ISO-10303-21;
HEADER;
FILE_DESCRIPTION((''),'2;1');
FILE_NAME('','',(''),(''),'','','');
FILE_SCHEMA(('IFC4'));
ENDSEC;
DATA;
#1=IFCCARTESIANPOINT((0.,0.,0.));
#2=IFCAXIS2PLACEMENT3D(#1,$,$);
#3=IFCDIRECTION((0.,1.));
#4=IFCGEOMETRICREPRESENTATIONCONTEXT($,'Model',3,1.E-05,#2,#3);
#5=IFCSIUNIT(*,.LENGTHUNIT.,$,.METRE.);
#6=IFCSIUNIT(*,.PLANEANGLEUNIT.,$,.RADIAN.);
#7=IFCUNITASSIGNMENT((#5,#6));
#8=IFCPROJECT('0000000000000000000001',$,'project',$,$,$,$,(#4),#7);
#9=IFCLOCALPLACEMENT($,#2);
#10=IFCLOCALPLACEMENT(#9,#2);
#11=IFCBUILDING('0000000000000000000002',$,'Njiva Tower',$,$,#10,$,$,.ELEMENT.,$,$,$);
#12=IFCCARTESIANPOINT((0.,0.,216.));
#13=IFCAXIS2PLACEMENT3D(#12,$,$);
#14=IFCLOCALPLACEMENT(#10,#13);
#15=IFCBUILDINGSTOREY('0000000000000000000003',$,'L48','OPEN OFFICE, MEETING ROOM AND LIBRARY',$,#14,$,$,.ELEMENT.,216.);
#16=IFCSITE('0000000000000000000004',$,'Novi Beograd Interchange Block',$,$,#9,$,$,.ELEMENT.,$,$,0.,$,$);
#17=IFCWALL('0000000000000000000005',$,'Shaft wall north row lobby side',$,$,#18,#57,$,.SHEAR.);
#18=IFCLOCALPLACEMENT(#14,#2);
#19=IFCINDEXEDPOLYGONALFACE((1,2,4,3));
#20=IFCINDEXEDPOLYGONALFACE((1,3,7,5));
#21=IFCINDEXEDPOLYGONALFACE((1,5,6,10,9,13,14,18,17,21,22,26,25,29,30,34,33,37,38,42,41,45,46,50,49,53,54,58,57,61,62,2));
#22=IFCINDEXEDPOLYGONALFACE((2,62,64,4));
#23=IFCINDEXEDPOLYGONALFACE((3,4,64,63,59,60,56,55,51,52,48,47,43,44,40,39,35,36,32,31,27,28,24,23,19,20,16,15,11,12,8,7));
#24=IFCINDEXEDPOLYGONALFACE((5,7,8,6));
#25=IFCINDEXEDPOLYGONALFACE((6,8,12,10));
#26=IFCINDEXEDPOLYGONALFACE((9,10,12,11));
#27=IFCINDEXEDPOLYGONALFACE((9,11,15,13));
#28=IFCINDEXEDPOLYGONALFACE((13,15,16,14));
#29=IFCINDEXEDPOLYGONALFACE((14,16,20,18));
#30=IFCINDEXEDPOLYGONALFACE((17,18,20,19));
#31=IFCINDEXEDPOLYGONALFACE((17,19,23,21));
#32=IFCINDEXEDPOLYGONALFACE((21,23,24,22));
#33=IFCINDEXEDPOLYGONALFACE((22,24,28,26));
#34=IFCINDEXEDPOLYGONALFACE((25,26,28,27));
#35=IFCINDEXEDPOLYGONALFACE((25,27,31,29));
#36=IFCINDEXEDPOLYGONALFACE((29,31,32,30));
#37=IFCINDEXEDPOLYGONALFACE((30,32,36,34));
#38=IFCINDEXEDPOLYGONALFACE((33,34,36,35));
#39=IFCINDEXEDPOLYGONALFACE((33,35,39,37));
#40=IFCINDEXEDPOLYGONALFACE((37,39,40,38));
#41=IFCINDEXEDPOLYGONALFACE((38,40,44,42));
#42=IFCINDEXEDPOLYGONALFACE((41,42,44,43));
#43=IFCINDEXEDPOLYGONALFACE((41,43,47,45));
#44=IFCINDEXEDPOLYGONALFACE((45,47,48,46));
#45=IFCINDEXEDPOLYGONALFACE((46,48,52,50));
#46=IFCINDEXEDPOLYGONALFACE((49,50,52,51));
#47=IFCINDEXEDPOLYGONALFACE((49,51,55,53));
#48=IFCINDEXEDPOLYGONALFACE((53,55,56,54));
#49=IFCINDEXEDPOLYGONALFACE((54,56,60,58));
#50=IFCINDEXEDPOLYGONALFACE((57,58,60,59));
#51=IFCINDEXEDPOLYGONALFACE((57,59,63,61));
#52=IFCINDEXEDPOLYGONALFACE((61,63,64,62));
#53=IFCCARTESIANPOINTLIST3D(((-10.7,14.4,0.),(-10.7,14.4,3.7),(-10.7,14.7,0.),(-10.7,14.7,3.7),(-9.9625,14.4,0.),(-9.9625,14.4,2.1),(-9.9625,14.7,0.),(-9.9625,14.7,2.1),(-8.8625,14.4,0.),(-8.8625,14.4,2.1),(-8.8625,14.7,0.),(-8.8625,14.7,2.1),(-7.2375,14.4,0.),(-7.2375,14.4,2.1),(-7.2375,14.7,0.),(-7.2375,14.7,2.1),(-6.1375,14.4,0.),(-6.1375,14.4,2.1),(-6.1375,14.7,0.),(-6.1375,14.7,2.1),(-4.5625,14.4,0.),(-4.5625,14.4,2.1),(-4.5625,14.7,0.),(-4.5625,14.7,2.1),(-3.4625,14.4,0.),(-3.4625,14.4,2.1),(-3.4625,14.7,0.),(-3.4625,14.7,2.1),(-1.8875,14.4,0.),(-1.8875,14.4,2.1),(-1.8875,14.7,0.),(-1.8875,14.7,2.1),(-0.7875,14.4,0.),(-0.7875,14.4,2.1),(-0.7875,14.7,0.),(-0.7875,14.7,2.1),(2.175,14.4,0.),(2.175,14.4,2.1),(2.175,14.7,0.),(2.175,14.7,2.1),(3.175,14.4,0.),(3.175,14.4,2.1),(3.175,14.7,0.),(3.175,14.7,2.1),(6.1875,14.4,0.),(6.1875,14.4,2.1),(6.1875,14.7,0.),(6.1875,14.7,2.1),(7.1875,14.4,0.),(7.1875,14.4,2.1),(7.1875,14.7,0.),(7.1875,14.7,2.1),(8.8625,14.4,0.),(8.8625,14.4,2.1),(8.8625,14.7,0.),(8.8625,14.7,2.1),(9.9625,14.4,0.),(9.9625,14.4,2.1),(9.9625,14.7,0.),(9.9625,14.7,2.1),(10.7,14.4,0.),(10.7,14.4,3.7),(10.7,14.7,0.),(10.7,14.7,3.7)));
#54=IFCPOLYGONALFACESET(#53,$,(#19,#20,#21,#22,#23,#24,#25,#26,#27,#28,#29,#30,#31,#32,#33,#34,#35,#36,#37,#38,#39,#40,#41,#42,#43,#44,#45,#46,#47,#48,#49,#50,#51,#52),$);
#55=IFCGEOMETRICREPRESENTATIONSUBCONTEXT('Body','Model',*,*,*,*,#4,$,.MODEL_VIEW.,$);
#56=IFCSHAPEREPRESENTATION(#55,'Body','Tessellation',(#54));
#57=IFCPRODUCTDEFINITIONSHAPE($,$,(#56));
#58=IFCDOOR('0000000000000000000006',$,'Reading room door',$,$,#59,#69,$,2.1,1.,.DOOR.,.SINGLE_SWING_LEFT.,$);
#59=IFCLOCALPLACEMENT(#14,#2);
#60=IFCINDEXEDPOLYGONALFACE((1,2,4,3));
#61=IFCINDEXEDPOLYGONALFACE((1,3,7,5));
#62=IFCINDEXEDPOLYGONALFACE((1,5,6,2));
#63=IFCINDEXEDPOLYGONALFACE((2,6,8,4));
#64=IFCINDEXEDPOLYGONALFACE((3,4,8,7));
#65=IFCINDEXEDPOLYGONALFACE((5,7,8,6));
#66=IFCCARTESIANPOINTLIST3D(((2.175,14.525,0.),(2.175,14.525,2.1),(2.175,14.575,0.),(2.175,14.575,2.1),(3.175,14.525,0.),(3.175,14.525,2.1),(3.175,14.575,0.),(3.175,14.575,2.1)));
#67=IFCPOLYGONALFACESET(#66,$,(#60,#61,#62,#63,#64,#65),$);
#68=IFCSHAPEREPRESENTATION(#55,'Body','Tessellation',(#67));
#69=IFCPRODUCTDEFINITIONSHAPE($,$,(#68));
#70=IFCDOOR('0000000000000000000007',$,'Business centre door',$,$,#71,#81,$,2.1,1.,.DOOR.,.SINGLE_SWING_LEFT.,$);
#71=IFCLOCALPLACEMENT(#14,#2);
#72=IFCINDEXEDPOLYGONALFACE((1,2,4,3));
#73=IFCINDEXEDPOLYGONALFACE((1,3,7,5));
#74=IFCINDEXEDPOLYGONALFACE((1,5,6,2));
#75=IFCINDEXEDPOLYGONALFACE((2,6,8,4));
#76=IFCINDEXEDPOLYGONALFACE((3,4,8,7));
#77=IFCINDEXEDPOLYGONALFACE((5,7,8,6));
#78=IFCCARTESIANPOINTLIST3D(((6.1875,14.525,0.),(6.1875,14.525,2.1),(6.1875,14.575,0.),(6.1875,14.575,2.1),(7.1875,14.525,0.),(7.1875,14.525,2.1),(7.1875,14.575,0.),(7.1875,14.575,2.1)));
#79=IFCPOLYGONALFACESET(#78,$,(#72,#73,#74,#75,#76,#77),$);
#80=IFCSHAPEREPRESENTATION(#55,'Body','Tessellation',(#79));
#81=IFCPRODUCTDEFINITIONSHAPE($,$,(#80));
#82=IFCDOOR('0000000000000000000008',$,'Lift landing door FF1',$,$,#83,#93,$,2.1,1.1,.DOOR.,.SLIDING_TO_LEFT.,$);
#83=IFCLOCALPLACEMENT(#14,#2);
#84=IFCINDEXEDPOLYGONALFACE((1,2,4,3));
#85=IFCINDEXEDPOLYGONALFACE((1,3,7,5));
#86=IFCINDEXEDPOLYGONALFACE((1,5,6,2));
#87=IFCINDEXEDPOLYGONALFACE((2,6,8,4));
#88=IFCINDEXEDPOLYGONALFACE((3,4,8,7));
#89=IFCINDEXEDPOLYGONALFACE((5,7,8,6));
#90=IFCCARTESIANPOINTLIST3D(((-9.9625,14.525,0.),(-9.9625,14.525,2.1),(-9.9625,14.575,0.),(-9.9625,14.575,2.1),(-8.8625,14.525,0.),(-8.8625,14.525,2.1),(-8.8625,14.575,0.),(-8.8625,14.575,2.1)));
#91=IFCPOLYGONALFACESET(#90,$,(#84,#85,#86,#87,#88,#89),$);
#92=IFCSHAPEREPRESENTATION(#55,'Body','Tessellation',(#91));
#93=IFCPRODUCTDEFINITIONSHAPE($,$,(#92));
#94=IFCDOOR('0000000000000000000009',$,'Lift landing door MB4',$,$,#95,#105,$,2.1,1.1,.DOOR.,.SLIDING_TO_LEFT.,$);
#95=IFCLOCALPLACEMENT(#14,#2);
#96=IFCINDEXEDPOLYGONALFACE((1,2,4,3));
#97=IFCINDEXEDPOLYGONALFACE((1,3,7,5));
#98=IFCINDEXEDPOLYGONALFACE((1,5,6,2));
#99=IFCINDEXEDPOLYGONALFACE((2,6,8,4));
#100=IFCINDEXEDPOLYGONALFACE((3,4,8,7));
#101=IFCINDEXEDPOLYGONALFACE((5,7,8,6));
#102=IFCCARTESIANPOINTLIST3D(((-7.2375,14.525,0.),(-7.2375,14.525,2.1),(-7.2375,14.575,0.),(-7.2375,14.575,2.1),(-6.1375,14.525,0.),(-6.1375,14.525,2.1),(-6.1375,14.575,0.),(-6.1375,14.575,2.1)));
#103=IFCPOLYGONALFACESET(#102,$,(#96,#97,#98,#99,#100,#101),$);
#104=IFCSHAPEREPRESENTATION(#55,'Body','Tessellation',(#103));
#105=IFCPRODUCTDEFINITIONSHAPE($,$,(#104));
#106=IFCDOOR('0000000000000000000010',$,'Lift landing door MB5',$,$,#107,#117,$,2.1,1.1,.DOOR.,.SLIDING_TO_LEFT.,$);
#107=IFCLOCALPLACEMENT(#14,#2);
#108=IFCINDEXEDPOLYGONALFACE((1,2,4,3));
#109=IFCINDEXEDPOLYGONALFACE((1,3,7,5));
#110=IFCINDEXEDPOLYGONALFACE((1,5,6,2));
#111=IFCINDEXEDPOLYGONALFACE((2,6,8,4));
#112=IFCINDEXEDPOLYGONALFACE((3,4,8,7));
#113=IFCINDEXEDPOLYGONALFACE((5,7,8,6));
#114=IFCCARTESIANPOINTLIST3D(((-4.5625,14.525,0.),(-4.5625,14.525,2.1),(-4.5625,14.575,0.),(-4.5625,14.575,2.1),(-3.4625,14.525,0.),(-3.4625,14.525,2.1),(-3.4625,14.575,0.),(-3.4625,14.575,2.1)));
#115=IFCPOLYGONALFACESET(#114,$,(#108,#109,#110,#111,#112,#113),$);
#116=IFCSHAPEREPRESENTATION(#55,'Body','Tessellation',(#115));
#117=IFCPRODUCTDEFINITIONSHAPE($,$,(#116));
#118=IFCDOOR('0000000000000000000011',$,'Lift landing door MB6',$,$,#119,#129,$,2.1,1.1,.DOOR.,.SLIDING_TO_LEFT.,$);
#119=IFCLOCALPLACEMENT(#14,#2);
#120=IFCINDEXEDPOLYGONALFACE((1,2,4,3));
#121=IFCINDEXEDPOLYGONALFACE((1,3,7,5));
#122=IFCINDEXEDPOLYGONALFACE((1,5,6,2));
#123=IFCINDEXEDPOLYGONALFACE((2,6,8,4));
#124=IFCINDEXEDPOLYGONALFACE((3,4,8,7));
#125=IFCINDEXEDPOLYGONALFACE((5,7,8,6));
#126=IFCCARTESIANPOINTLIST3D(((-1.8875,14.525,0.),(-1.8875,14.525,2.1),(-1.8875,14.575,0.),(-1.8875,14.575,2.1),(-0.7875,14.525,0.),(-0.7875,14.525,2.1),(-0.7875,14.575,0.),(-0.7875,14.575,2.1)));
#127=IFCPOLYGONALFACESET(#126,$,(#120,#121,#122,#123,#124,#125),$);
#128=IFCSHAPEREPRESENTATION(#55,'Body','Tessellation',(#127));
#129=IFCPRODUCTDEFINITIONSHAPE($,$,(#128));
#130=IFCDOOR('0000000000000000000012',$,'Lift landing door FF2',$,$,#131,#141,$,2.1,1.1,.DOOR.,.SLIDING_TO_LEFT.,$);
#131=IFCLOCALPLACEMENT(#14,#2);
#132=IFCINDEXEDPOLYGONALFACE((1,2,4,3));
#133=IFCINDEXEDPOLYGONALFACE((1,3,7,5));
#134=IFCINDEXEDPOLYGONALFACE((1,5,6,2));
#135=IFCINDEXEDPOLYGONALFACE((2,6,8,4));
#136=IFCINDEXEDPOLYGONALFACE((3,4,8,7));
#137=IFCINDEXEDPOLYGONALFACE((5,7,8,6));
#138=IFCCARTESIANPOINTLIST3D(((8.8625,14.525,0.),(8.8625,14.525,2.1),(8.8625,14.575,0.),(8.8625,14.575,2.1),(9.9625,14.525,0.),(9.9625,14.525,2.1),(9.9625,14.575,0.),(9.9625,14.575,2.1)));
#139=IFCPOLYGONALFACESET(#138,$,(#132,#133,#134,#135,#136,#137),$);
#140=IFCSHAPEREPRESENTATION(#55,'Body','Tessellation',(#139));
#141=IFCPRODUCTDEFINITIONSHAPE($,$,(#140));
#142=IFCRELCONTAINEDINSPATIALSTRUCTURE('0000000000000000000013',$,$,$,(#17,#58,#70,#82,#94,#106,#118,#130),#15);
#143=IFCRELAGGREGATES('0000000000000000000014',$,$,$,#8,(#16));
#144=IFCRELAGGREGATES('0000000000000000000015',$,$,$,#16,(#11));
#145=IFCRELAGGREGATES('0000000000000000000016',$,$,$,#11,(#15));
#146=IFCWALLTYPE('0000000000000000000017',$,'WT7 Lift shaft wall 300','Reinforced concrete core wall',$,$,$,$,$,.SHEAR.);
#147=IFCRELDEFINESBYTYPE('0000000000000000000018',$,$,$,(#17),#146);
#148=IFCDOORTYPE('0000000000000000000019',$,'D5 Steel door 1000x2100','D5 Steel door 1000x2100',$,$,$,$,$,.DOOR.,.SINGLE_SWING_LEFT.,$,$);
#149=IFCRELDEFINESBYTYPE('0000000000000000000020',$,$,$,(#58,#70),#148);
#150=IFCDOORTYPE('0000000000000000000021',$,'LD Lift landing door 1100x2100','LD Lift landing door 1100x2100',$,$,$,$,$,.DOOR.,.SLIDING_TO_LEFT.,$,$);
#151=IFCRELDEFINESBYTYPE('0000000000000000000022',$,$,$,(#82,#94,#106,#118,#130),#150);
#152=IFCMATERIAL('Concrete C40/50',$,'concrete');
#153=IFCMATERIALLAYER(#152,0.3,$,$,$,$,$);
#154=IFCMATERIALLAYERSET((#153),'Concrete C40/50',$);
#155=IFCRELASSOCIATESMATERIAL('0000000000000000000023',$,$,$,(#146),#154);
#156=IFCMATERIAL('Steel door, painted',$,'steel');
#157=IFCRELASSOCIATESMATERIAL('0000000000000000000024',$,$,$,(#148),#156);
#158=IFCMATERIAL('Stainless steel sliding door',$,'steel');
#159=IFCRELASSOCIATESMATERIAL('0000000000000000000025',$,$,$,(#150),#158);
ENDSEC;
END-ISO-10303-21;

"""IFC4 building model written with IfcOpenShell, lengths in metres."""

from ifc_helpers import new_model, si_unit, direction, frame, frame_2d, origin, place, context, subcontext, project, spatial, rectangle, extrude, material, layer, layer_set, type_object, element, fill, save


model = new_model("IFC4")

# Units and contexts
model_context = context("Model", 3, precision=1e-05, world=origin(), true_north=direction((0.0, 1.0)))
body_context = subcontext(model_context, "Body", "Model", "MODEL_VIEW")
ifc_project = project(units=[si_unit("LENGTHUNIT", "METRE"), si_unit("PLANEANGLEUNIT", "RADIAN")], contexts=[model_context])

# Site, building, storey
site_placement = place(None, origin())
site = spatial("IfcSite", under=ifc_project, at=site_placement, Name="Novi Beograd Interchange Block", CompositionType="ELEMENT", RefElevation=0.0)
building_placement = place(site_placement, origin())
building = spatial("IfcBuilding", under=site, at=building_placement, Name="Njiva Tower", CompositionType="ELEMENT")
storey_placement = place(building_placement, frame((0.0, 0.0, 216.0)))
storey = spatial("IfcBuildingStorey", under=building, at=storey_placement, Name="L48", Description="OPEN OFFICE, MEETING ROOM AND LIBRARY", CompositionType="ELEMENT", Elevation=216.0)

# Shared definitions
ifc_material_1 = material(Name="Concrete C40/50", Category="concrete")

# Wall, openings, doors
ifc_layer_1 = layer(ifc_material_1, 0.3)
ifc_layer_set_1 = layer_set([ifc_layer_1], Name="Concrete C40/50")
wall_type_1 = type_object("IfcWallType", Name="WT7 Lift shaft wall 300", Description="Reinforced concrete core wall", PredefinedType="SHEAR", material=ifc_layer_set_1)
wall_1_placement = place(storey_placement, frame((-10.7, 14.55, 0.0), z_axis=(0.0, 0.0, 1.0), x_axis=(1.0, 0.0, 0.0)))
wall_1 = element("IfcWall", 1, at=wall_1_placement, inside=storey, type_object=wall_type_1, Name="Shaft wall north row lobby side", PredefinedType="SHEAR", context=body_context, shape_type="SweptSolid", body=[
    extrude(rectangle(XDim=21.4, YDim=0.3, at=frame_2d((10.7, 0.0))), origin(), (0.0, 0.0, 1.0), 3.7),
])
opening_1_placement = place(wall_1_placement, frame((0.7375, 0.0, 0.0)))
opening_1 = element("IfcOpeningElement", 2, at=opening_1_placement, cuts=wall_1, PredefinedType="OPENING", context=body_context, shape_type="SweptSolid", body=[
    extrude(rectangle(XDim=1.1, YDim=2.1, at=frame_2d((0.55, 1.05))), frame((0.0, 0.16, 0.0), z_axis=(0.0, -1.0, 0.0), x_axis=(1.0, 0.0, 0.0)), (0.0, 0.0, 1.0), 0.32),
])
opening_2_placement = place(wall_1_placement, frame((3.4625, 0.0, 0.0)))
opening_2 = element("IfcOpeningElement", 3, at=opening_2_placement, cuts=wall_1, PredefinedType="OPENING", context=body_context, shape_type="SweptSolid", body=[
    extrude(rectangle(XDim=1.1, YDim=2.1, at=frame_2d((0.55, 1.05))), frame((0.0, 0.16, 0.0), z_axis=(0.0, -1.0, 0.0), x_axis=(1.0, 0.0, 0.0)), (0.0, 0.0, 1.0), 0.32),
])
opening_3_placement = place(wall_1_placement, frame((6.1375, 0.0, 0.0)))
opening_3 = element("IfcOpeningElement", 4, at=opening_3_placement, cuts=wall_1, PredefinedType="OPENING", context=body_context, shape_type="SweptSolid", body=[
    extrude(rectangle(XDim=1.1, YDim=2.1, at=frame_2d((0.55, 1.05))), frame((0.0, 0.16, 0.0), z_axis=(0.0, -1.0, 0.0), x_axis=(1.0, 0.0, 0.0)), (0.0, 0.0, 1.0), 0.32),
])
opening_4_placement = place(wall_1_placement, frame((8.8125, 0.0, 0.0)))
opening_4 = element("IfcOpeningElement", 5, at=opening_4_placement, cuts=wall_1, PredefinedType="OPENING", context=body_context, shape_type="SweptSolid", body=[
    extrude(rectangle(XDim=1.1, YDim=2.1, at=frame_2d((0.55, 1.05))), frame((0.0, 0.16, 0.0), z_axis=(0.0, -1.0, 0.0), x_axis=(1.0, 0.0, 0.0)), (0.0, 0.0, 1.0), 0.32),
])
opening_5_placement = place(wall_1_placement, frame((19.5625, 0.0, 0.0)))
opening_5 = element("IfcOpeningElement", 6, at=opening_5_placement, cuts=wall_1, PredefinedType="OPENING", context=body_context, shape_type="SweptSolid", body=[
    extrude(rectangle(XDim=1.1, YDim=2.1, at=frame_2d((0.55, 1.05))), frame((0.0, 0.16, 0.0), z_axis=(0.0, -1.0, 0.0), x_axis=(1.0, 0.0, 0.0)), (0.0, 0.0, 1.0), 0.32),
])
opening_6_placement = place(wall_1_placement, frame((12.875, 0.0, 0.0)))
opening_6 = element("IfcOpeningElement", 7, at=opening_6_placement, cuts=wall_1, PredefinedType="OPENING", context=body_context, shape_type="SweptSolid", body=[
    extrude(rectangle(XDim=1.0, YDim=2.1, at=frame_2d((0.5, 1.05))), frame((0.0, 0.16, 0.0), z_axis=(0.0, -1.0, 0.0), x_axis=(1.0, 0.0, 0.0)), (0.0, 0.0, 1.0), 0.32),
])
opening_7_placement = place(wall_1_placement, frame((16.8875, 0.0, 0.0)))
opening_7 = element("IfcOpeningElement", 8, at=opening_7_placement, cuts=wall_1, PredefinedType="OPENING", context=body_context, shape_type="SweptSolid", body=[
    extrude(rectangle(XDim=1.0, YDim=2.1, at=frame_2d((0.5, 1.05))), frame((0.0, 0.16, 0.0), z_axis=(0.0, -1.0, 0.0), x_axis=(1.0, 0.0, 0.0)), (0.0, 0.0, 1.0), 0.32),
])
ifc_material_2 = material(Name="Steel door, painted", Category="steel")
door_type_1 = type_object("IfcDoorType", Name="D5 Steel door 1000x2100", Description="D5 Steel door 1000x2100", OperationType="SINGLE_SWING_LEFT", PredefinedType="DOOR", material=ifc_material_2)
door_1_placement = place(opening_6_placement, origin())
door_1 = element("IfcDoor", 9, at=door_1_placement, inside=storey, type_object=door_type_1, Name="Reading room door", OperationType="SINGLE_SWING_LEFT", OverallHeight=2.1, OverallWidth=1.0, PredefinedType="DOOR", context=body_context, shape_type="SweptSolid", body=[
    extrude(rectangle(XDim=1.0, YDim=2.1, at=frame_2d((0.5, 1.05))), frame((0.0, 0.025, 0.0), z_axis=(0.0, -1.0, 0.0), x_axis=(1.0, 0.0, 0.0)), (0.0, 0.0, 1.0), 0.05),
])
fill(opening_6, door_1)
door_2_placement = place(opening_7_placement, origin())
door_2 = element("IfcDoor", 10, at=door_2_placement, inside=storey, type_object=door_type_1, Name="Business centre door", OperationType="SINGLE_SWING_LEFT", OverallHeight=2.1, OverallWidth=1.0, PredefinedType="DOOR", context=body_context, shape_type="SweptSolid", body=[
    extrude(rectangle(XDim=1.0, YDim=2.1, at=frame_2d((0.5, 1.05))), frame((0.0, 0.025, 0.0), z_axis=(0.0, -1.0, 0.0), x_axis=(1.0, 0.0, 0.0)), (0.0, 0.0, 1.0), 0.05),
])
fill(opening_7, door_2)
ifc_material_3 = material(Name="Stainless steel sliding door", Category="steel")
door_type_2 = type_object("IfcDoorType", Name="LD Lift landing door 1100x2100", Description="LD Lift landing door 1100x2100", OperationType="SLIDING_TO_LEFT", PredefinedType="DOOR", material=ifc_material_3)
door_3_placement = place(opening_1_placement, origin())
door_3 = element("IfcDoor", 11, at=door_3_placement, inside=storey, type_object=door_type_2, Name="Lift landing door FF1", OperationType="SLIDING_TO_LEFT", OverallHeight=2.1, OverallWidth=1.1, PredefinedType="DOOR", context=body_context, shape_type="SweptSolid", body=[
    extrude(rectangle(XDim=1.1, YDim=2.1, at=frame_2d((0.55, 1.05))), frame((0.0, 0.025, 0.0), z_axis=(0.0, -1.0, 0.0), x_axis=(1.0, 0.0, 0.0)), (0.0, 0.0, 1.0), 0.05),
])
fill(opening_1, door_3)
door_4_placement = place(opening_2_placement, origin())
door_4 = element("IfcDoor", 12, at=door_4_placement, inside=storey, type_object=door_type_2, Name="Lift landing door MB4", OperationType="SLIDING_TO_LEFT", OverallHeight=2.1, OverallWidth=1.1, PredefinedType="DOOR", context=body_context, shape_type="SweptSolid", body=[
    extrude(rectangle(XDim=1.1, YDim=2.1, at=frame_2d((0.55, 1.05))), frame((0.0, 0.025, 0.0), z_axis=(0.0, -1.0, 0.0), x_axis=(1.0, 0.0, 0.0)), (0.0, 0.0, 1.0), 0.05),
])
fill(opening_2, door_4)
door_5_placement = place(opening_3_placement, origin())
door_5 = element("IfcDoor", 13, at=door_5_placement, inside=storey, type_object=door_type_2, Name="Lift landing door MB5", OperationType="SLIDING_TO_LEFT", OverallHeight=2.1, OverallWidth=1.1, PredefinedType="DOOR", context=body_context, shape_type="SweptSolid", body=[
    extrude(rectangle(XDim=1.1, YDim=2.1, at=frame_2d((0.55, 1.05))), frame((0.0, 0.025, 0.0), z_axis=(0.0, -1.0, 0.0), x_axis=(1.0, 0.0, 0.0)), (0.0, 0.0, 1.0), 0.05),
])
fill(opening_3, door_5)
door_6_placement = place(opening_4_placement, origin())
door_6 = element("IfcDoor", 14, at=door_6_placement, inside=storey, type_object=door_type_2, Name="Lift landing door MB6", OperationType="SLIDING_TO_LEFT", OverallHeight=2.1, OverallWidth=1.1, PredefinedType="DOOR", context=body_context, shape_type="SweptSolid", body=[
    extrude(rectangle(XDim=1.1, YDim=2.1, at=frame_2d((0.55, 1.05))), frame((0.0, 0.025, 0.0), z_axis=(0.0, -1.0, 0.0), x_axis=(1.0, 0.0, 0.0)), (0.0, 0.0, 1.0), 0.05),
])
fill(opening_4, door_6)
door_7_placement = place(opening_5_placement, origin())
door_7 = element("IfcDoor", 15, at=door_7_placement, inside=storey, type_object=door_type_2, Name="Lift landing door FF2", OperationType="SLIDING_TO_LEFT", OverallHeight=2.1, OverallWidth=1.1, PredefinedType="DOOR", context=body_context, shape_type="SweptSolid", body=[
    extrude(rectangle(XDim=1.1, YDim=2.1, at=frame_2d((0.55, 1.05))), frame((0.0, 0.025, 0.0), z_axis=(0.0, -1.0, 0.0), x_axis=(1.0, 0.0, 0.0)), (0.0, 0.0, 1.0), 0.05),
])
fill(opening_5, door_7)

save(model, "model.ifc")
